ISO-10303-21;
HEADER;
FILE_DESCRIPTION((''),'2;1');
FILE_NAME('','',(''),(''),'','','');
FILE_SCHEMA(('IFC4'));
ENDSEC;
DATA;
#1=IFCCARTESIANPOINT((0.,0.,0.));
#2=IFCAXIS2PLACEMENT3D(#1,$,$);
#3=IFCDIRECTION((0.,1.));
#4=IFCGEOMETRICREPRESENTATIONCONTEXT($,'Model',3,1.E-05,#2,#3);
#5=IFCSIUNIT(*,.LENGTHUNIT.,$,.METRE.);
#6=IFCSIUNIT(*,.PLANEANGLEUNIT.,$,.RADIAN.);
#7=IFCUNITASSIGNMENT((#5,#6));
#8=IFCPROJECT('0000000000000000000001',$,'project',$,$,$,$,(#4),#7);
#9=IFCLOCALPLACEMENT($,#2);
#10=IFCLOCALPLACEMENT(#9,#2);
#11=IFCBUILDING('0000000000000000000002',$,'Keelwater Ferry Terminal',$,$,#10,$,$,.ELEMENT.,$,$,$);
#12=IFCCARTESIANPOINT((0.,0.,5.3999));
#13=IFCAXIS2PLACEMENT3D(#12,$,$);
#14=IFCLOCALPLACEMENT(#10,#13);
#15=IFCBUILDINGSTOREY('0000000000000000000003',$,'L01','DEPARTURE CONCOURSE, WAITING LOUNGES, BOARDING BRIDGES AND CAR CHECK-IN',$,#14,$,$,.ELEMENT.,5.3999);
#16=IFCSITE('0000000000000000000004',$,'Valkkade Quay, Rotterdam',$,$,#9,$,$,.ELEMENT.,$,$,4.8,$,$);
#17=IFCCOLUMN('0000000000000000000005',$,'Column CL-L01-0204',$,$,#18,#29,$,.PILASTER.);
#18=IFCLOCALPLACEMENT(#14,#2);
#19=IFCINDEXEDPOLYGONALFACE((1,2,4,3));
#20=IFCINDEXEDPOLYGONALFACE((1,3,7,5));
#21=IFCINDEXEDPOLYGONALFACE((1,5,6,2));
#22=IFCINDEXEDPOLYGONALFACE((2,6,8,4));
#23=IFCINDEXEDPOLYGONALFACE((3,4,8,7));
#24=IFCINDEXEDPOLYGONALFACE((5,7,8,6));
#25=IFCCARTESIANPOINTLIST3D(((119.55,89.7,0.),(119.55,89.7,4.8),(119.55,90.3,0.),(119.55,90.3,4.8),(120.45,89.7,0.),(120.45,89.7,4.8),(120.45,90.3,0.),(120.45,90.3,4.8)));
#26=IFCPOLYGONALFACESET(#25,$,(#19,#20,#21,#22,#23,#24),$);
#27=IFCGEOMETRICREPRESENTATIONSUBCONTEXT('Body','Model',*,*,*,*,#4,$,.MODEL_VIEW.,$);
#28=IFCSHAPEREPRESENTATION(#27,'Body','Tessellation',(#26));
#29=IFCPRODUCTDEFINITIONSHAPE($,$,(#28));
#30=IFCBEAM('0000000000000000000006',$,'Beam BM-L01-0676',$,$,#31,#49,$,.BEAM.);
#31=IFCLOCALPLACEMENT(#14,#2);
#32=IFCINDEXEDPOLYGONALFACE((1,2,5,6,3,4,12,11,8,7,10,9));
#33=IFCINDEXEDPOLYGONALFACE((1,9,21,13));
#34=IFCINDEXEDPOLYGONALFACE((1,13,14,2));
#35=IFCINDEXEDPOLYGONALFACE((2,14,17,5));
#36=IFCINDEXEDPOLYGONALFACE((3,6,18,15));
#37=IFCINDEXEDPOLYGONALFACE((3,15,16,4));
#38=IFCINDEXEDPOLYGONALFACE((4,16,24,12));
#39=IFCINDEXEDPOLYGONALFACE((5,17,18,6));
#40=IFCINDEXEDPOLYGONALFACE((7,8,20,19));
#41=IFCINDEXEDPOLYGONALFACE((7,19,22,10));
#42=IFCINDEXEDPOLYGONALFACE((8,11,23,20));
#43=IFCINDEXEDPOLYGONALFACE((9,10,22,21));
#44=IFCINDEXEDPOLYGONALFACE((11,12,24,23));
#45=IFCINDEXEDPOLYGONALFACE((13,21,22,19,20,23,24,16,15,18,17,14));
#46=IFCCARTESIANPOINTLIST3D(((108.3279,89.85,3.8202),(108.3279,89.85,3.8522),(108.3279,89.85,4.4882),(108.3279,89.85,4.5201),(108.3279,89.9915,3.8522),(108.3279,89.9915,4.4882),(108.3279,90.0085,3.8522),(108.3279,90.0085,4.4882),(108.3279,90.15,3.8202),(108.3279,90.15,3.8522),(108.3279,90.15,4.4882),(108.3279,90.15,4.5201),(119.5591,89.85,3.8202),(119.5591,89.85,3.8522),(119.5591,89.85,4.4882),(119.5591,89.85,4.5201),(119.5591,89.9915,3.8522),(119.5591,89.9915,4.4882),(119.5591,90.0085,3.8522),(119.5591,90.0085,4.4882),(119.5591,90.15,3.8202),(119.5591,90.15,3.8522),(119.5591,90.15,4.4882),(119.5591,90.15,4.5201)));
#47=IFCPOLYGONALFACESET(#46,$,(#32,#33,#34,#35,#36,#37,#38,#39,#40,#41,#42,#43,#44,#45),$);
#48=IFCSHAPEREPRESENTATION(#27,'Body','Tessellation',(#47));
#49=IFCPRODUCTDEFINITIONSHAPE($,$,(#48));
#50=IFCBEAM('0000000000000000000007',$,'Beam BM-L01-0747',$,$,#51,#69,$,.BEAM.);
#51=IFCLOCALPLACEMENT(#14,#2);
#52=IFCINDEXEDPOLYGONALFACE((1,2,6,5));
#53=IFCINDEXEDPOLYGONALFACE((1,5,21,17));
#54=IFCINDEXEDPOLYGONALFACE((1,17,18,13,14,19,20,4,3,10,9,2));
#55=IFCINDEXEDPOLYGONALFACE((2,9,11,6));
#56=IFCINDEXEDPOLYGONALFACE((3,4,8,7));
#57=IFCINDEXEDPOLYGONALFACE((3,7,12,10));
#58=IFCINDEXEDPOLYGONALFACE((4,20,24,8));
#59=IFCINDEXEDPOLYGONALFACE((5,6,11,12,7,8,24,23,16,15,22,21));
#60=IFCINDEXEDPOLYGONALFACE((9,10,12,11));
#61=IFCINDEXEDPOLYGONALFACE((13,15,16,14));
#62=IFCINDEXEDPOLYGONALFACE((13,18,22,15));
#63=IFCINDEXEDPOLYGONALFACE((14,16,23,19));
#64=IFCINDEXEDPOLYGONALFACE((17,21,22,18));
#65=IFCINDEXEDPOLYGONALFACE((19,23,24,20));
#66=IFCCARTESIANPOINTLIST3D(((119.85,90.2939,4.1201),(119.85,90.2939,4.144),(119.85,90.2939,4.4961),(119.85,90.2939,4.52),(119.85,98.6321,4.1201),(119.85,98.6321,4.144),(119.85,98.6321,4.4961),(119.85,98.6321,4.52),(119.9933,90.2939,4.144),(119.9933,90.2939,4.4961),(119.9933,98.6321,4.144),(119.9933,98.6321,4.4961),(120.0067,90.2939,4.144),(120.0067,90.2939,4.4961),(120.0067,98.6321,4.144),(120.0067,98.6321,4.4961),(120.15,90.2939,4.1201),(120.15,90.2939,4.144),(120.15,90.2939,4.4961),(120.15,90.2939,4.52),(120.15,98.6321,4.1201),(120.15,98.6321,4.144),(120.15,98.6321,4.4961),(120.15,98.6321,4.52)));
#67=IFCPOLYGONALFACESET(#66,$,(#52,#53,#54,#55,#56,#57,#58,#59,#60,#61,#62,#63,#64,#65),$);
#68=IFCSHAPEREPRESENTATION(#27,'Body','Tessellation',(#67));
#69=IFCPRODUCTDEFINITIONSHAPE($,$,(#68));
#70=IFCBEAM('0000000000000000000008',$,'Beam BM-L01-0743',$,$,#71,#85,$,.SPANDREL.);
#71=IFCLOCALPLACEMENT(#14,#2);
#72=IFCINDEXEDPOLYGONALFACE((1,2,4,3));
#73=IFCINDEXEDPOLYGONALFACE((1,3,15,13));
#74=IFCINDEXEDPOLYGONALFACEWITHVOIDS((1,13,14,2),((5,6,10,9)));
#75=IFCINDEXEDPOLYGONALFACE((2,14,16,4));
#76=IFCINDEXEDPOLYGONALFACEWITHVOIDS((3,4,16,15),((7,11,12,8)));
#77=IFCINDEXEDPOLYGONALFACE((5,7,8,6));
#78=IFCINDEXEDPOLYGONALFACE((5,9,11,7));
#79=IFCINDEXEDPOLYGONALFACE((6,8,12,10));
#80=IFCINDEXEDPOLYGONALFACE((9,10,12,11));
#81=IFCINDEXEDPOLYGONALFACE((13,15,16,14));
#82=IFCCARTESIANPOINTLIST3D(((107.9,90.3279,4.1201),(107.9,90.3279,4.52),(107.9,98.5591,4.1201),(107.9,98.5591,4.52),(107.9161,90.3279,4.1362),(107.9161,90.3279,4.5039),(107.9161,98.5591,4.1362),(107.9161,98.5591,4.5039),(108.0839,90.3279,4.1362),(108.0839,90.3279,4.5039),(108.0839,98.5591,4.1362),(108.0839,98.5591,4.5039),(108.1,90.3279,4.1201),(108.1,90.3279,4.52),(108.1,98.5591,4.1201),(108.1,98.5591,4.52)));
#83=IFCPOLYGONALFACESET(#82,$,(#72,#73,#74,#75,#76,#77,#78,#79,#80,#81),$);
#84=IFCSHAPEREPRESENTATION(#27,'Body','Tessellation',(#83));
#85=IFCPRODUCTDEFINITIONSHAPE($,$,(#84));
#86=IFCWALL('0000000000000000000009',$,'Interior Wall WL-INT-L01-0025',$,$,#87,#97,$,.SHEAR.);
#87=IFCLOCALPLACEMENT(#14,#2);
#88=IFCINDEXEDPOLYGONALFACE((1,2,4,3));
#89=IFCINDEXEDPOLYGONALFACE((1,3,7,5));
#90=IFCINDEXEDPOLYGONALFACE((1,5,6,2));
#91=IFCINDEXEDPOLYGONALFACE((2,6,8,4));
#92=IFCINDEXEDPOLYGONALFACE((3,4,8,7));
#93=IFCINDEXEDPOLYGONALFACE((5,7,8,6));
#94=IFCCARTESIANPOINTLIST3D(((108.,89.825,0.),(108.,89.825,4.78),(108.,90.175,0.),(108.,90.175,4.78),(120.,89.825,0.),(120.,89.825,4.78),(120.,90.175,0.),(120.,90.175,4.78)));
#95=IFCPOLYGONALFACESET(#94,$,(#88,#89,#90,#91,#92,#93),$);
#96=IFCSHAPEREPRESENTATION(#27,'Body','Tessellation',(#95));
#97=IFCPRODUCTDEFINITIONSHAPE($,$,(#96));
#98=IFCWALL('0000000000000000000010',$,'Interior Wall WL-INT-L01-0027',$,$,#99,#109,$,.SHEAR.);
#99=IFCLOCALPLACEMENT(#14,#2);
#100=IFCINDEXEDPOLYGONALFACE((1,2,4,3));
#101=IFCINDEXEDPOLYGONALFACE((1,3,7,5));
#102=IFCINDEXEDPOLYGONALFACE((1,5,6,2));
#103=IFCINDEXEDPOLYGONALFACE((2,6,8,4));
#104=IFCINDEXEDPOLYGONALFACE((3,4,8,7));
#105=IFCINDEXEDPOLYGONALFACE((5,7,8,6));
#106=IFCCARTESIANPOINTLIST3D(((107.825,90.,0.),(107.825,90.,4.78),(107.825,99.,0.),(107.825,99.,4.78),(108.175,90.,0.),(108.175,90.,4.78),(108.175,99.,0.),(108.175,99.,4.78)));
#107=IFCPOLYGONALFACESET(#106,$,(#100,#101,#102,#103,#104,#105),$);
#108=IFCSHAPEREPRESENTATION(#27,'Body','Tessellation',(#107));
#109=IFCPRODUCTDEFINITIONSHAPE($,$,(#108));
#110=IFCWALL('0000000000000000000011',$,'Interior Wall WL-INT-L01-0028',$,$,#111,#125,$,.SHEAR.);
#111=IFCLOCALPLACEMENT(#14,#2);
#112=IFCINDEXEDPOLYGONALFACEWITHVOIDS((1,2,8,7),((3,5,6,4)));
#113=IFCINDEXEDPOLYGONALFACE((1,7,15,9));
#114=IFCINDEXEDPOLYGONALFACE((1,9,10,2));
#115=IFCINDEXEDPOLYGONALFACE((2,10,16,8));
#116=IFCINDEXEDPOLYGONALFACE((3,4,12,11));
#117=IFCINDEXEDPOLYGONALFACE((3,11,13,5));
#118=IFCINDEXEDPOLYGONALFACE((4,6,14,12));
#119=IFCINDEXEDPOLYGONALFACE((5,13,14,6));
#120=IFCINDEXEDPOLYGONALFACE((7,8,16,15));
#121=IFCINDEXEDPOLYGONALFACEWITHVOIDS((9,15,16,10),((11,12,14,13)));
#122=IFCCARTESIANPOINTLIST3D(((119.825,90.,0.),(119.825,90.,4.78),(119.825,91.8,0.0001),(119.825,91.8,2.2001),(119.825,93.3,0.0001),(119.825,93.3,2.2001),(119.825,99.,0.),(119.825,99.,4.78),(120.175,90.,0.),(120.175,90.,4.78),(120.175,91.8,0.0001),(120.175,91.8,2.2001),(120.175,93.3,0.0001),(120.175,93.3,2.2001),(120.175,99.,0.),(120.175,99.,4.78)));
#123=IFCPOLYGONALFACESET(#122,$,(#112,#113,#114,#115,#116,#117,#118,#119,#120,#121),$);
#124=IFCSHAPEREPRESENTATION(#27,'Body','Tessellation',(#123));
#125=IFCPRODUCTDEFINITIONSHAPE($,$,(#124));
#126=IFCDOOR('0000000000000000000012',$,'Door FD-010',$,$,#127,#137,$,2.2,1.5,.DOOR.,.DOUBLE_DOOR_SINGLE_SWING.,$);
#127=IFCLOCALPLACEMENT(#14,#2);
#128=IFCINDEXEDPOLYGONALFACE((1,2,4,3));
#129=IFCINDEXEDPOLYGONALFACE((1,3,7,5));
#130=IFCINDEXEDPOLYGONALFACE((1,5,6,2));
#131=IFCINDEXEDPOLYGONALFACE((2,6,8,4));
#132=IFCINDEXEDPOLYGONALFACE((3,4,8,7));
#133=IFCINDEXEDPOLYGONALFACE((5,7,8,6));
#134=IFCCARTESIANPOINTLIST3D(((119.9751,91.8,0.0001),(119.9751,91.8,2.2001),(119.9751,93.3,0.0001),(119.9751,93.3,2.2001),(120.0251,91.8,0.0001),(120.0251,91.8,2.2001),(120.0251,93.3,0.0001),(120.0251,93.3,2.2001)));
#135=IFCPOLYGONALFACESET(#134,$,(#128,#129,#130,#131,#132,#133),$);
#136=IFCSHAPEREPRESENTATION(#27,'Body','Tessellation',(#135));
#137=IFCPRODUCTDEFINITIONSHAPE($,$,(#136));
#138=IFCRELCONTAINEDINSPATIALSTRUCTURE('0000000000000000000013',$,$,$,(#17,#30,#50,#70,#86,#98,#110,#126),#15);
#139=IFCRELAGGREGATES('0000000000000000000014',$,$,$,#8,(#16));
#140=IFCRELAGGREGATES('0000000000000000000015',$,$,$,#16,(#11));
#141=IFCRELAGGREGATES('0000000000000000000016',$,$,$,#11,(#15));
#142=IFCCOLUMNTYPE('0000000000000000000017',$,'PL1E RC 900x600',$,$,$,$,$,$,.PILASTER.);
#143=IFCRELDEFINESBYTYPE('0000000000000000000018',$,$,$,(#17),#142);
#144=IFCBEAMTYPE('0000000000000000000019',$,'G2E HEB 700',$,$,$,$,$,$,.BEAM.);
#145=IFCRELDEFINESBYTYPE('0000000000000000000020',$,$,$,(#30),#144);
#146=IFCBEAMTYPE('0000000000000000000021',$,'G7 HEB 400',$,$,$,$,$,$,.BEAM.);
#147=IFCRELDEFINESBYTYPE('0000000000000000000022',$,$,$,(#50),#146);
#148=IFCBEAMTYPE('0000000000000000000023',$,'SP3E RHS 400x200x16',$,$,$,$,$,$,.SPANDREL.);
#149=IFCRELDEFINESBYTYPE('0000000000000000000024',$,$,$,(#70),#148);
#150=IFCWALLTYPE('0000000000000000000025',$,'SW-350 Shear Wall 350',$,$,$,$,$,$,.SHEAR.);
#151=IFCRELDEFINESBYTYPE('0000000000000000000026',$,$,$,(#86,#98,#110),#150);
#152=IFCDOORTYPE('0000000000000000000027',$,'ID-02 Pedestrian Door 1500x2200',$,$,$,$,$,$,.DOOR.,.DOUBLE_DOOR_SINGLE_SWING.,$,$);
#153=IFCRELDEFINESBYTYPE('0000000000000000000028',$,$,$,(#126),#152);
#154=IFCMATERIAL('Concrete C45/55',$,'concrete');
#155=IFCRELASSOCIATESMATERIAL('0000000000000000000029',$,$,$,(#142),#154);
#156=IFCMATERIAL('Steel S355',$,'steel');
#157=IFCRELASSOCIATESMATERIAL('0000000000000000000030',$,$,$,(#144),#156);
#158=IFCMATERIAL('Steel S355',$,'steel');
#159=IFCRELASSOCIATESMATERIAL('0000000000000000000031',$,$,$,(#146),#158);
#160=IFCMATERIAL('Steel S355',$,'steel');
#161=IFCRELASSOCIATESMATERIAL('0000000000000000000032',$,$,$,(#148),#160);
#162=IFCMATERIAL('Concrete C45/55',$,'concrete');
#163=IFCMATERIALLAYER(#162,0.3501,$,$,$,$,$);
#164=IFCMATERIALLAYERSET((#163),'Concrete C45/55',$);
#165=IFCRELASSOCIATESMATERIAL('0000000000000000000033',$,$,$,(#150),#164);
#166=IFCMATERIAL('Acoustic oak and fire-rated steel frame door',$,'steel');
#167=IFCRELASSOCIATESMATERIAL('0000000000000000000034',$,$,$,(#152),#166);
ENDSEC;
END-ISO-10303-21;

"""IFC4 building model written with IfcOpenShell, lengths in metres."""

from ifc_helpers import new_model, si_unit, direction, frame, frame_2d, origin, origin_2d, place, context, subcontext, project, spatial, rectangle, hollow_rectangle, i_section, extrude, material, layer, layer_set, material_profile, profile_set, type_object, element, fill, save


model = new_model("IFC4")

# Units and contexts
model_context = context("Model", 3, precision=1e-05, world=origin(), true_north=direction((0.0, 1.0)))
body_context = subcontext(model_context, "Body", "Model", "MODEL_VIEW")
ifc_project = project(units=[si_unit("LENGTHUNIT", "METRE"), si_unit("PLANEANGLEUNIT", "RADIAN")], contexts=[model_context])

# Site, building, storey
site_placement = place(None, origin())
site = spatial("IfcSite", under=ifc_project, at=site_placement, Name="Valkkade Quay, Rotterdam", CompositionType="ELEMENT", RefElevation=4.8)
building_placement = place(site_placement, origin())
building = spatial("IfcBuilding", under=site, at=building_placement, Name="Keelwater Ferry Terminal", CompositionType="ELEMENT")
storey_placement = place(building_placement, frame((0.0, 0.0, 5.3999)))
storey = spatial("IfcBuildingStorey", under=building, at=storey_placement, Name="L01", Description="DEPARTURE CONCOURSE, WAITING LOUNGES, BOARDING BRIDGES AND CAR CHECK-IN", CompositionType="ELEMENT", Elevation=5.3999)

# Column
ifc_material_1 = material(Name="Concrete C45/55", Category="concrete")
ifc_material_profile_1 = material_profile(ifc_material_1, rectangle(XDim=0.6001, YDim=0.8999, at=origin_2d()), Name="RC 900x600")
ifc_profile_set_1 = profile_set([ifc_material_profile_1], Name="Concrete C45/55")
column_type = type_object("IfcColumnType", Name="PL1E RC 900x600", PredefinedType="PILASTER", material=ifc_profile_set_1)
column_placement = place(storey_placement, frame((120.0, 90.0, 0.0), z_axis=(0.0, 0.0, 1.0), x_axis=(0.0, 1.0, 0.0)))
element("IfcColumn", 1, at=column_placement, inside=storey, type_object=column_type, Name="Column CL-L01-0204", PredefinedType="PILASTER", context=body_context, shape_type="SweptSolid", body=[
    extrude(rectangle(XDim=0.6001, YDim=0.8999, at=origin_2d()), origin(), (0.0, 0.0, 1.0), 4.8),
])

# Beams
ifc_material_2 = material(Name="Steel S355", Category="steel")
ifc_material_profile_2 = material_profile(ifc_material_2, i_section(OverallWidth=0.3, OverallDepth=0.7, WebThickness=0.0171, FlangeThickness=0.032, at=origin_2d()), Name="HEB 700")
ifc_profile_set_2 = profile_set([ifc_material_profile_2], Name="Steel S355")
beam_type_1 = type_object("IfcBeamType", Name="G2E HEB 700", PredefinedType="BEAM", material=ifc_profile_set_2)
beam_1_placement = place(storey_placement, frame((108.3279, 90.0, 4.1702), z_axis=(1.0, 0.0, 0.0), x_axis=(0.0, 1.0, 0.0)))
element("IfcBeam", 2, at=beam_1_placement, inside=storey, type_object=beam_type_1, Name="Beam BM-L01-0676", PredefinedType="BEAM", context=body_context, shape_type="SweptSolid", body=[
    extrude(i_section(OverallWidth=0.3, OverallDepth=0.7, WebThickness=0.0171, FlangeThickness=0.032, at=origin_2d()), origin(), (0.0, 0.0, 1.0), 11.2312),
])
ifc_material_3 = material(Name="Steel S355", Category="steel")
ifc_material_profile_3 = material_profile(ifc_material_3, i_section(OverallWidth=0.3, OverallDepth=0.3999, WebThickness=0.0134, FlangeThickness=0.0239, at=origin_2d()), Name="HEB 400")
ifc_profile_set_3 = profile_set([ifc_material_profile_3], Name="Steel S355")
beam_type_2 = type_object("IfcBeamType", Name="G7 HEB 400", PredefinedType="BEAM", material=ifc_profile_set_3)
beam_2_placement = place(storey_placement, frame((120.0, 90.2939, 4.3201), z_axis=(0.0, 1.0, 0.0), x_axis=(-1.0, 0.0, 0.0)))
element("IfcBeam", 3, at=beam_2_placement, inside=storey, type_object=beam_type_2, Name="Beam BM-L01-0747", PredefinedType="BEAM", context=body_context, shape_type="SweptSolid", body=[
    extrude(i_section(OverallWidth=0.3, OverallDepth=0.3999, WebThickness=0.0134, FlangeThickness=0.0239, at=origin_2d()), origin(), (0.0, 0.0, 1.0), 8.3381),
])
ifc_material_4 = material(Name="Steel S355", Category="steel")
ifc_material_profile_4 = material_profile(ifc_material_4, hollow_rectangle(XDim=0.2, YDim=0.3999, WallThickness=0.0161, at=origin_2d()), Name="RHS 400x200x16")
ifc_profile_set_4 = profile_set([ifc_material_profile_4], Name="Steel S355")
beam_type_3 = type_object("IfcBeamType", Name="SP3E RHS 400x200x16", PredefinedType="SPANDREL", material=ifc_profile_set_4)
beam_3_placement = place(storey_placement, frame((108.0, 90.3279, 4.3201), z_axis=(0.0, 1.0, 0.0), x_axis=(-1.0, 0.0, 0.0)))
element("IfcBeam", 4, at=beam_3_placement, inside=storey, type_object=beam_type_3, Name="Beam BM-L01-0743", PredefinedType="SPANDREL", context=body_context, shape_type="SweptSolid", body=[
    extrude(hollow_rectangle(XDim=0.2, YDim=0.3999, WallThickness=0.0161, at=origin_2d()), origin(), (0.0, 0.0, 1.0), 8.2312),
])

# Walls
ifc_material_5 = material(Name="Concrete C45/55", Category="concrete")
ifc_layer_1 = layer(ifc_material_5, 0.3501)
ifc_layer_set_1 = layer_set([ifc_layer_1], Name="Concrete C45/55")
wall_type = type_object("IfcWallType", Name="SW-350 Shear Wall 350", PredefinedType="SHEAR", material=ifc_layer_set_1)
wall_1_placement = place(storey_placement, frame((108.0, 90.0, 0.0), z_axis=(0.0, 0.0, 1.0), x_axis=(1.0, 0.0, 0.0)))
element("IfcWall", 5, at=wall_1_placement, inside=storey, type_object=wall_type, Name="Interior Wall WL-INT-L01-0025", PredefinedType="SHEAR", context=body_context, shape_type="SweptSolid", body=[
    extrude(rectangle(XDim=12.0, YDim=0.3501, at=frame_2d((6.0, 0.0))), origin(), (0.0, 0.0, 1.0), 4.78),
])
wall_2_placement = place(storey_placement, frame((108.0, 90.0, 0.0), z_axis=(0.0, 0.0, 1.0), x_axis=(0.0, 1.0, 0.0)))
element("IfcWall", 6, at=wall_2_placement, inside=storey, type_object=wall_type, Name="Interior Wall WL-INT-L01-0027", PredefinedType="SHEAR", context=body_context, shape_type="SweptSolid", body=[
    extrude(rectangle(XDim=9.0, YDim=0.3501, at=frame_2d((4.5, 0.0))), origin(), (0.0, 0.0, 1.0), 4.78),
])

# Wall, opening, door
wall_3_placement = place(storey_placement, frame((120.0, 90.0, 0.0), z_axis=(0.0, 0.0, 1.0), x_axis=(0.0, 1.0, 0.0)))
wall_3 = element("IfcWall", 7, at=wall_3_placement, inside=storey, type_object=wall_type, Name="Interior Wall WL-INT-L01-0028", PredefinedType="SHEAR", context=body_context, shape_type="SweptSolid", body=[
    extrude(rectangle(XDim=9.0, YDim=0.3501, at=frame_2d((4.5, 0.0))), origin(), (0.0, 0.0, 1.0), 4.78),
])
opening_placement = place(wall_3_placement, frame((1.8, 0.0, 0.0)))
opening = element("IfcOpeningElement", 8, at=opening_placement, cuts=wall_3, PredefinedType="OPENING", context=body_context, shape_type="SweptSolid", body=[
    extrude(rectangle(XDim=1.5, YDim=2.2, at=frame_2d((0.75, 1.1001))), frame((0.0, 0.1851, 0.0), z_axis=(0.0, -1.0, 0.0), x_axis=(1.0, 0.0, 0.0)), (0.0, 0.0, 1.0), 0.3701),
])
ifc_material_6 = material(Name="Acoustic oak and fire-rated steel frame door", Category="steel")
door_type = type_object("IfcDoorType", Name="ID-02 Pedestrian Door 1500x2200", OperationType="DOUBLE_DOOR_SINGLE_SWING", PredefinedType="DOOR", material=ifc_material_6)
door_placement = place(opening_placement, origin())
door = element("IfcDoor", 9, at=door_placement, inside=storey, type_object=door_type, Name="Door FD-010", OperationType="DOUBLE_DOOR_SINGLE_SWING", OverallHeight=2.2, OverallWidth=1.5, PredefinedType="DOOR", context=body_context, shape_type="SweptSolid", body=[
    extrude(rectangle(XDim=1.5, YDim=2.2, at=frame_2d((0.75, 1.1001))), frame((0.0, 0.0249, 0.0), z_axis=(0.0, -1.0, 0.0), x_axis=(1.0, 0.0, 0.0)), (0.0, 0.0, 1.0), 0.05),
])
fill(opening, door)

save(model, "model.ifc")
